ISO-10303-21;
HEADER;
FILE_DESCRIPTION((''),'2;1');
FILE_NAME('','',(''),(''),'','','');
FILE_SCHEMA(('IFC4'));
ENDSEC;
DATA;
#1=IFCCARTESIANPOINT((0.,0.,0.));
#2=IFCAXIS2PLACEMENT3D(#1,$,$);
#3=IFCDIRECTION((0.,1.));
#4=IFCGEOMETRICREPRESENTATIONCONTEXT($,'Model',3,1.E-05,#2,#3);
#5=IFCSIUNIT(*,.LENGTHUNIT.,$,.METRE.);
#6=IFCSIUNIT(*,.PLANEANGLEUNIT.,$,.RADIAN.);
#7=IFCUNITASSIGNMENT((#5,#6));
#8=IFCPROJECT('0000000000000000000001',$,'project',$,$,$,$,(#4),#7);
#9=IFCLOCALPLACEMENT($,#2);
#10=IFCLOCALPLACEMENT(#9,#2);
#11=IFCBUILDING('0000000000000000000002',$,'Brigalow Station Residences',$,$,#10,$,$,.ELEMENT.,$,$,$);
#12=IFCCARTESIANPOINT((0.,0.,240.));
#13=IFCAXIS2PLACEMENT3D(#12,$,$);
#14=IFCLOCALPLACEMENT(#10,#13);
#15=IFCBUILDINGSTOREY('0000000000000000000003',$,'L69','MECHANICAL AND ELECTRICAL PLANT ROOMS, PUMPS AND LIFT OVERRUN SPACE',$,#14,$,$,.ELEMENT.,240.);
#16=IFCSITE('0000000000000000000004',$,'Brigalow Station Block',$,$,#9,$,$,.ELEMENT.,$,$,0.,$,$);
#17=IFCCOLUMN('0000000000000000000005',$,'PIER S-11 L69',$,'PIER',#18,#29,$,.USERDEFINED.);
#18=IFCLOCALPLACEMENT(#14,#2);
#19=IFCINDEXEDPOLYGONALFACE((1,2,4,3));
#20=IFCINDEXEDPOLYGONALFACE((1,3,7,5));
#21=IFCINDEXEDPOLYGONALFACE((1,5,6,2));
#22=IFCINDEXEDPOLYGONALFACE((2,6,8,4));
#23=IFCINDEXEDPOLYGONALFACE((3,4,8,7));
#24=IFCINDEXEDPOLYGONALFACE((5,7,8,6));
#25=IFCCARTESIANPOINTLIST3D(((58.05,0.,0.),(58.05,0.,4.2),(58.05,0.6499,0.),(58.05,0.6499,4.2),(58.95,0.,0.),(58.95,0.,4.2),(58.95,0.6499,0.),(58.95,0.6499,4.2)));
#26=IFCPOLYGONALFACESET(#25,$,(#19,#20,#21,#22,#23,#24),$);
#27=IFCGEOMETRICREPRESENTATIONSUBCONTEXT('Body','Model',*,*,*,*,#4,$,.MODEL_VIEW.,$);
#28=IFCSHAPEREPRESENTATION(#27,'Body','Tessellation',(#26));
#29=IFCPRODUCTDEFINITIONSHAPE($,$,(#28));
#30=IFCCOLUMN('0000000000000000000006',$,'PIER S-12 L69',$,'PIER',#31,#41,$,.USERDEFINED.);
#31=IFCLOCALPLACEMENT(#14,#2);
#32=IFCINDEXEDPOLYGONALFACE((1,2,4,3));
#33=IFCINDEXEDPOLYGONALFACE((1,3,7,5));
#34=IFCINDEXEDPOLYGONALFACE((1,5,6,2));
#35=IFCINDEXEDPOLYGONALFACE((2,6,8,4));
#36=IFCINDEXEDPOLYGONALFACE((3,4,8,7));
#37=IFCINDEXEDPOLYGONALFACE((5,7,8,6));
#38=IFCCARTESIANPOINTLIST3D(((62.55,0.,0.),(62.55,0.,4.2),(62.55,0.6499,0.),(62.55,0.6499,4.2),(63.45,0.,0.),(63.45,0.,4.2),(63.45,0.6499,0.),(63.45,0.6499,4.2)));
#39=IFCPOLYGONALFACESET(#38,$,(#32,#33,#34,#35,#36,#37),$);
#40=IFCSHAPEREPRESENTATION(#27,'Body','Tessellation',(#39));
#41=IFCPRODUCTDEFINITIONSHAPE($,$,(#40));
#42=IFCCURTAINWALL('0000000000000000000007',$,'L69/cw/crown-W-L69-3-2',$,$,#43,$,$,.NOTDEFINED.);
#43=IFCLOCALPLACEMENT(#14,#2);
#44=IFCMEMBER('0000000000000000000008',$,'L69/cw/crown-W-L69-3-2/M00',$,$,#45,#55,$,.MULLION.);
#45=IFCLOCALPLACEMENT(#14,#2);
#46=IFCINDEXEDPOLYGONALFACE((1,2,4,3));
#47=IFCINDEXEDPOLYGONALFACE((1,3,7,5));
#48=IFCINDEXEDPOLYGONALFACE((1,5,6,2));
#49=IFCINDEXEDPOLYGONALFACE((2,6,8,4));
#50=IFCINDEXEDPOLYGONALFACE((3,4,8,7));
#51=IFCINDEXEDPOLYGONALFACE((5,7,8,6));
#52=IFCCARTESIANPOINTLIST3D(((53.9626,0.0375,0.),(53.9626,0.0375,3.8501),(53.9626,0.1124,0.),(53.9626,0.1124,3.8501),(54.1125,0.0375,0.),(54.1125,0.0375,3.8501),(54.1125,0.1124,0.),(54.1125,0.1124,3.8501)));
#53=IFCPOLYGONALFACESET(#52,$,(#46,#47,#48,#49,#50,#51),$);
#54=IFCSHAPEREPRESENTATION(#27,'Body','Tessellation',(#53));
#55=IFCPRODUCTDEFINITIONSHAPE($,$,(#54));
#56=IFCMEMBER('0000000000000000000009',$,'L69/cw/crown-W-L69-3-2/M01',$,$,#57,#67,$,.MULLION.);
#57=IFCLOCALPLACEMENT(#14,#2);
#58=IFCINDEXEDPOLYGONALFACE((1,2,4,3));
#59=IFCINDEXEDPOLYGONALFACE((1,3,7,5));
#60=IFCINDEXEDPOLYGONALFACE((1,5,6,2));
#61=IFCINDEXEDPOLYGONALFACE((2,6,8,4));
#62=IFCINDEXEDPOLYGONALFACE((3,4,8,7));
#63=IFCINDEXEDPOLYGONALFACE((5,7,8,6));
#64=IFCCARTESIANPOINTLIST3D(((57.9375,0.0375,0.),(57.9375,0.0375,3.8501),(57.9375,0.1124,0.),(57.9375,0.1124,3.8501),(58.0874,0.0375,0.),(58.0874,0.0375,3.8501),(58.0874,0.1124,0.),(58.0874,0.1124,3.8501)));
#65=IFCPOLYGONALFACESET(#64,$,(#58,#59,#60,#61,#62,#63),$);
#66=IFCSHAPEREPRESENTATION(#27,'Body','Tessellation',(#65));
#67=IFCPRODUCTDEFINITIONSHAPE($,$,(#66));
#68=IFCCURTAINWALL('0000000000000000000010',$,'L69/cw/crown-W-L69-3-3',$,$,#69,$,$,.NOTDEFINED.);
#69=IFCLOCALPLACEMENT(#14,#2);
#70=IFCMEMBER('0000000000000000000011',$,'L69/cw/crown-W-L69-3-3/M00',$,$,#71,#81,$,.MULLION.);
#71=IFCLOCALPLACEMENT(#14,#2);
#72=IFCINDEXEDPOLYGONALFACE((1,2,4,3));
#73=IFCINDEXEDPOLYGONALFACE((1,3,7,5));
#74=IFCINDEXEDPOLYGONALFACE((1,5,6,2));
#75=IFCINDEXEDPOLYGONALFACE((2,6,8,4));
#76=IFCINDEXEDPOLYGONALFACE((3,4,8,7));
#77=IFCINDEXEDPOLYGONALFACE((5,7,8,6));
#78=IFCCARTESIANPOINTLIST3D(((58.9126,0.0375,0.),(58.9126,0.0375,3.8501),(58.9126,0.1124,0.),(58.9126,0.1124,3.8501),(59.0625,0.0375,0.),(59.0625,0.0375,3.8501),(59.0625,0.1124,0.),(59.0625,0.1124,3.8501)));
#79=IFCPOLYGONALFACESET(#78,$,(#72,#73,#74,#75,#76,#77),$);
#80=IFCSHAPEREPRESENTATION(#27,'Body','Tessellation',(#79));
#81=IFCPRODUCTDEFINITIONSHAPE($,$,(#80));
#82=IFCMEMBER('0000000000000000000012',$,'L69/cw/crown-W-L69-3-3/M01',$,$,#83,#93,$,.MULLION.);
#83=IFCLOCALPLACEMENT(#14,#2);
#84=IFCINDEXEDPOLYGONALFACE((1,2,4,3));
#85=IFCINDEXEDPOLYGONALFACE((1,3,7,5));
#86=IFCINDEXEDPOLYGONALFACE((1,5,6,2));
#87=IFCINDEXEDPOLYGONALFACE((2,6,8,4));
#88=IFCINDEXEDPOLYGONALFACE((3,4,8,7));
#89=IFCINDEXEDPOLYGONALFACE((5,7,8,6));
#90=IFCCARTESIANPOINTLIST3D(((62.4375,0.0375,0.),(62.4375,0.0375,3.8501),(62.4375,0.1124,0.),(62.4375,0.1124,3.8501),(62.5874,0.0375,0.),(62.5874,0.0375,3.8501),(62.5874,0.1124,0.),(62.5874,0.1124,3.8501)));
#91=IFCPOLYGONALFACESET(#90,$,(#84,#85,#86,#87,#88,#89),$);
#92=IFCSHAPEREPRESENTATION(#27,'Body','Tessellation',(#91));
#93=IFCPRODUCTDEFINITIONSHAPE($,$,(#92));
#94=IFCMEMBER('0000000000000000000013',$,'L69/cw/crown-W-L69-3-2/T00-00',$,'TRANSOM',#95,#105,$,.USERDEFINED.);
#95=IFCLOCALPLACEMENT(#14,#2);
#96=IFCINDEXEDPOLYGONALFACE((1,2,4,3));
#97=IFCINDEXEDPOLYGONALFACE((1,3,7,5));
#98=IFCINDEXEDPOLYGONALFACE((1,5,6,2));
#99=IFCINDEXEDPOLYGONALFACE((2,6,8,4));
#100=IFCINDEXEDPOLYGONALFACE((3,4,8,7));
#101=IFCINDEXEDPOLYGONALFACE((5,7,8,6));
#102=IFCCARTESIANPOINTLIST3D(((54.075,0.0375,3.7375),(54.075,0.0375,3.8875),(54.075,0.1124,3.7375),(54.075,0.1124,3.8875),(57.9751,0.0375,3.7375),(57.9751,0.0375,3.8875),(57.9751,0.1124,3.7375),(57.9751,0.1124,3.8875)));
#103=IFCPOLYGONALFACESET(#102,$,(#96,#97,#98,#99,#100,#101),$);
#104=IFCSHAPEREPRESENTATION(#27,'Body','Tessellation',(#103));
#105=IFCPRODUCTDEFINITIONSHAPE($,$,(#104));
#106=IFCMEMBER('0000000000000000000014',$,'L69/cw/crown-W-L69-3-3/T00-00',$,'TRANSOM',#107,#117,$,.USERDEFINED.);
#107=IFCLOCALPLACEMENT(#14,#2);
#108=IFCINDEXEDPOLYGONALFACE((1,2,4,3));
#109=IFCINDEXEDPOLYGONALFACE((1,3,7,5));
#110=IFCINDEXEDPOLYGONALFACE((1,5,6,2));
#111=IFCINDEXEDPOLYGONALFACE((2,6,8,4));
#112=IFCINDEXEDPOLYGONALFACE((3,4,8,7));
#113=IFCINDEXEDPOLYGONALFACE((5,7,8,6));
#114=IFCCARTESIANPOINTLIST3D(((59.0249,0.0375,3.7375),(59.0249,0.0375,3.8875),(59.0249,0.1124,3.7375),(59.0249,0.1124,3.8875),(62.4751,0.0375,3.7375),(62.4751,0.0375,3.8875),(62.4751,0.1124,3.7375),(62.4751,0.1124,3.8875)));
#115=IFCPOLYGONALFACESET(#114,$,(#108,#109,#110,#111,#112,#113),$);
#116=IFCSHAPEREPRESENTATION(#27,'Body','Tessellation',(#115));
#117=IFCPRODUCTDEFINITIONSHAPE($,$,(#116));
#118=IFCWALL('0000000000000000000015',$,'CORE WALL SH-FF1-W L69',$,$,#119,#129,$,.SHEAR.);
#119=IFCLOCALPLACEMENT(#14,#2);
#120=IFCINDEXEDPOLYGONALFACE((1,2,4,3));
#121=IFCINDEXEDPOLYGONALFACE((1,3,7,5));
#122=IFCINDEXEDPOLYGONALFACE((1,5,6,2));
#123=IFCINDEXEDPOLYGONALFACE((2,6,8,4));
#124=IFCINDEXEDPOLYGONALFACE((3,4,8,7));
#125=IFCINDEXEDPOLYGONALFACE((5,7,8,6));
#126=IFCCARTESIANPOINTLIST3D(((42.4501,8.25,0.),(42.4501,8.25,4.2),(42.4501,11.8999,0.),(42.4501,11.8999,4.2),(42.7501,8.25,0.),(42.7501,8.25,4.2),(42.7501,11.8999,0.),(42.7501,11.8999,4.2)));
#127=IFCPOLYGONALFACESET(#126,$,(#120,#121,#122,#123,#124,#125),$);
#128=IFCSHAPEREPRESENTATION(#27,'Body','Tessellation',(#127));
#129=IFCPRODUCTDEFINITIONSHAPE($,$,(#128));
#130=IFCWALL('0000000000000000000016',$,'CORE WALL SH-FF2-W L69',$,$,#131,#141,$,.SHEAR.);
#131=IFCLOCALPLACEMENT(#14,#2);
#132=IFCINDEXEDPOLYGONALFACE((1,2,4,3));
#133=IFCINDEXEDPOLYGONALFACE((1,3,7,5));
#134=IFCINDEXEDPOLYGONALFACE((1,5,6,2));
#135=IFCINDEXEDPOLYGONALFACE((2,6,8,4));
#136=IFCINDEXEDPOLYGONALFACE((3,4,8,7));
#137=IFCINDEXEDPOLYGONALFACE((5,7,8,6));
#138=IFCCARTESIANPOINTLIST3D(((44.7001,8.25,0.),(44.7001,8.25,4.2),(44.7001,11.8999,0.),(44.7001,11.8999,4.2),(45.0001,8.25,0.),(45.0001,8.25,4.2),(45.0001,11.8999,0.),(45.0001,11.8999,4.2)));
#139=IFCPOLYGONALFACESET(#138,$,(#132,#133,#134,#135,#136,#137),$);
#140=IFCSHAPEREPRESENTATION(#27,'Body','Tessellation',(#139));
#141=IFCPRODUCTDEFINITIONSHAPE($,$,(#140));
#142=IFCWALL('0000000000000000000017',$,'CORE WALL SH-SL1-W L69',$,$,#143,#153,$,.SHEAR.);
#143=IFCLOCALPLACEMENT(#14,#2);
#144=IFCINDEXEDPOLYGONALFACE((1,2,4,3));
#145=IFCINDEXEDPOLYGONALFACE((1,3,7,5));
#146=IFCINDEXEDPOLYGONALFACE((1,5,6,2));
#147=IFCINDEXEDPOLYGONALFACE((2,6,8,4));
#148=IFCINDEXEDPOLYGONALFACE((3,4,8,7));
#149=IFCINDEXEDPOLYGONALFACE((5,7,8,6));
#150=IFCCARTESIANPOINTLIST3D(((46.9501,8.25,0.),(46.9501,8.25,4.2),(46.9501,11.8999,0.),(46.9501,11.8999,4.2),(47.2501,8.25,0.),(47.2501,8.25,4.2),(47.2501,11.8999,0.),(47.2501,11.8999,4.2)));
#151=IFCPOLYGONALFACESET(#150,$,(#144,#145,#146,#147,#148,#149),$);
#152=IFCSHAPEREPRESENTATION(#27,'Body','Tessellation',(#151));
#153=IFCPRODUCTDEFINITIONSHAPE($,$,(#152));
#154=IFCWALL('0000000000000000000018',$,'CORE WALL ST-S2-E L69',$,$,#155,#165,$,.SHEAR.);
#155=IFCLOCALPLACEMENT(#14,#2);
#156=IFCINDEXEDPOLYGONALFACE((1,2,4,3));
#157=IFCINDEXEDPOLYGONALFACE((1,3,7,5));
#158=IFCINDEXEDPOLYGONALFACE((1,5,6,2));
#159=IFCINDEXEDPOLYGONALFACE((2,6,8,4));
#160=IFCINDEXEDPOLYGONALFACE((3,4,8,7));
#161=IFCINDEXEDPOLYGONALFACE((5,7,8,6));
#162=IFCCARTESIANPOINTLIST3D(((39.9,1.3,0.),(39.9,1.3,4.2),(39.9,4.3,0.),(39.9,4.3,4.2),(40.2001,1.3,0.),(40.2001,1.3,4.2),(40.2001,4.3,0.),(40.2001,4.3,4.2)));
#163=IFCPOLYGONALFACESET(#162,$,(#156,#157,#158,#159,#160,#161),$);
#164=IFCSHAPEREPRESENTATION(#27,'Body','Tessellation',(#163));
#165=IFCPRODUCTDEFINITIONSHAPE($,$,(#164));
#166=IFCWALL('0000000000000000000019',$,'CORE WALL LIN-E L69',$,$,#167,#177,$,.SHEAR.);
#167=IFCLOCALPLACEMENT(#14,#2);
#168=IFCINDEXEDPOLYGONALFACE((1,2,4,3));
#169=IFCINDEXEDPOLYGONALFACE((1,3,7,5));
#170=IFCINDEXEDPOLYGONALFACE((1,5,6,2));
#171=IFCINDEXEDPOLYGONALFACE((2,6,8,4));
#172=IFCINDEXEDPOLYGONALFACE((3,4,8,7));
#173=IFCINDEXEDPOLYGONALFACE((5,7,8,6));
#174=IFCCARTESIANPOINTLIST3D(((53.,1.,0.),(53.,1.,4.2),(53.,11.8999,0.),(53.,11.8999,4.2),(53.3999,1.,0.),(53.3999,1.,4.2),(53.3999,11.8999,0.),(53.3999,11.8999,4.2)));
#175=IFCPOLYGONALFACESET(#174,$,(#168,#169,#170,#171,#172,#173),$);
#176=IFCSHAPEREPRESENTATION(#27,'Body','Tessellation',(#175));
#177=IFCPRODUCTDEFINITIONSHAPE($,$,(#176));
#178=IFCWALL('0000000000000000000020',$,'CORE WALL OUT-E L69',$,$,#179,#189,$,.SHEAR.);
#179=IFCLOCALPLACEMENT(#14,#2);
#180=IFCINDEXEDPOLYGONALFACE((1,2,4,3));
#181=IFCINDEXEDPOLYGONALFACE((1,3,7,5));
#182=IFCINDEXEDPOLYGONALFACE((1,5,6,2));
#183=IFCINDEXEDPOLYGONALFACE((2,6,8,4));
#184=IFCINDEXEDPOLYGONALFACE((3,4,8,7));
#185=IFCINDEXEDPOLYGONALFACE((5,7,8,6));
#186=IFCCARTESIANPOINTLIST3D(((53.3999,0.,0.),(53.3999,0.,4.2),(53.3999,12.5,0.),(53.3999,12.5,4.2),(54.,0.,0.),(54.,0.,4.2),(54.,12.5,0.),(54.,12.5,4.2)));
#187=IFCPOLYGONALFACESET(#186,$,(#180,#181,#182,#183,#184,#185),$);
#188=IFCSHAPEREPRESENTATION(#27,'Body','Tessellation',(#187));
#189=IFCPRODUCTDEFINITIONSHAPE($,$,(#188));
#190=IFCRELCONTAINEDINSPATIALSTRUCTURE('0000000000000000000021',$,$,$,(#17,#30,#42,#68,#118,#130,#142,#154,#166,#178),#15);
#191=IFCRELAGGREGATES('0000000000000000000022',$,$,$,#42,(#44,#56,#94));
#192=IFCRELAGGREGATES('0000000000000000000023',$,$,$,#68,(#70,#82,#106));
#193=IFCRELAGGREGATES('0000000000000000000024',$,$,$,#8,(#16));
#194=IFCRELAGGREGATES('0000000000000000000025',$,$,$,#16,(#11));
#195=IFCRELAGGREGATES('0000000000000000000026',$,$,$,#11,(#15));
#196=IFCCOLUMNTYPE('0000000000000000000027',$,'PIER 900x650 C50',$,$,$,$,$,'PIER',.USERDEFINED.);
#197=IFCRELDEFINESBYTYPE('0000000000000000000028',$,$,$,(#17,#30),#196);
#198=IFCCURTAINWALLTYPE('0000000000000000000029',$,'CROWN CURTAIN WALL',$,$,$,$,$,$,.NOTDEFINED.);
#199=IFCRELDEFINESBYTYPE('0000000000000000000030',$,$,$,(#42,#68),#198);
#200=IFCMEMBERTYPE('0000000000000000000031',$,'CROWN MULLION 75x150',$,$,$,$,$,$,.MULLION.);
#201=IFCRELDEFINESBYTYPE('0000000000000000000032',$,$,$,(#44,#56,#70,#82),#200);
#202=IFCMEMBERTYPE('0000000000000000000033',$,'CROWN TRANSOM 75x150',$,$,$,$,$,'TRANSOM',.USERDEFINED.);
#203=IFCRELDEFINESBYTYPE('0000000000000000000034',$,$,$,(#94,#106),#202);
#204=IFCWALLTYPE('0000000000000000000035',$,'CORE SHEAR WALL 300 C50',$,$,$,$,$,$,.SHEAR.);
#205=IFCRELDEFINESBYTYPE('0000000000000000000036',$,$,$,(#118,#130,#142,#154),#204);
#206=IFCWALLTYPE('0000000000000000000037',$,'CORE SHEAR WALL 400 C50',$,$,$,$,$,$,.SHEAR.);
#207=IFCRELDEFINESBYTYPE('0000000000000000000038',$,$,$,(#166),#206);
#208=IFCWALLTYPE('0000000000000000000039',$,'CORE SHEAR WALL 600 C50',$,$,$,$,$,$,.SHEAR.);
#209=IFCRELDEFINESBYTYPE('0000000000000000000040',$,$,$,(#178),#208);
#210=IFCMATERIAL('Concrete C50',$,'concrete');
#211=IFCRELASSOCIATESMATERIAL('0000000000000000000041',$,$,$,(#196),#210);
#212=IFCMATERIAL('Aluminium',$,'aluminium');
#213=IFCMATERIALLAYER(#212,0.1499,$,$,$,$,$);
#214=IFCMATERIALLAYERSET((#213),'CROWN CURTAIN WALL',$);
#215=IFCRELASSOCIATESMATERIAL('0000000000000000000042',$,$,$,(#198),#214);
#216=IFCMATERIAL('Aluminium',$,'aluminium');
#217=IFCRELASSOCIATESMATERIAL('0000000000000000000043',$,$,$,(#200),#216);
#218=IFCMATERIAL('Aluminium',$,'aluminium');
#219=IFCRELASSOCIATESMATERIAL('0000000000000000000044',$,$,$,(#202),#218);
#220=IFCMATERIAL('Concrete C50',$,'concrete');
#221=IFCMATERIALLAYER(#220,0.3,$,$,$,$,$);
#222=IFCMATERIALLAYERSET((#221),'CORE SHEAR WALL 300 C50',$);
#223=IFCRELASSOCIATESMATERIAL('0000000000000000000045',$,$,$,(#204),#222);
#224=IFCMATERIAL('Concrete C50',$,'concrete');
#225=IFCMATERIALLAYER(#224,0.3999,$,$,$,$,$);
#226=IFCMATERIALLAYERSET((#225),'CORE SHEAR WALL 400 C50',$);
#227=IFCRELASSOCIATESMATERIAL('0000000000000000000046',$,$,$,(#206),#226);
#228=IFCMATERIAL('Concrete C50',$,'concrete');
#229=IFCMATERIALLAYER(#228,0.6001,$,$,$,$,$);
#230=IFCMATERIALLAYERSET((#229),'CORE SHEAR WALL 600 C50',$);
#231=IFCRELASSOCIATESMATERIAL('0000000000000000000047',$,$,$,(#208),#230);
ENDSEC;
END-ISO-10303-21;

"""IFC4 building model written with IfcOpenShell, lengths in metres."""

from ifc_helpers import new_model, si_unit, direction, frame, frame_2d, origin, origin_2d, place, context, subcontext, project, spatial, rectangle, extrude, material, layer, layer_set, material_profile, profile_set, type_object, element, aggregate, save


model = new_model("IFC4")

# Units and contexts
model_context = context("Model", 3, precision=1e-05, world=origin(), true_north=direction((0.0, 1.0)))
body_context = subcontext(model_context, "Body", "Model", "MODEL_VIEW")
ifc_project = project(units=[si_unit("LENGTHUNIT", "METRE"), si_unit("PLANEANGLEUNIT", "RADIAN")], contexts=[model_context])

# Site, building, storey
site_placement = place(None, origin())
site = spatial("IfcSite", under=ifc_project, at=site_placement, Name="Brigalow Station Block", CompositionType="ELEMENT", RefElevation=0.0)
building_placement = place(site_placement, origin())
building = spatial("IfcBuilding", under=site, at=building_placement, Name="Brigalow Station Residences", CompositionType="ELEMENT")
storey_placement = place(building_placement, frame((0.0, 0.0, 240.0)))
storey = spatial("IfcBuildingStorey", under=building, at=storey_placement, Name="L69", Description="MECHANICAL AND ELECTRICAL PLANT ROOMS, PUMPS AND LIFT OVERRUN SPACE", CompositionType="ELEMENT", Elevation=240.0)

# Columns
ifc_material_1 = material(Name="Concrete C50", Category="concrete")
ifc_material_profile_1 = material_profile(ifc_material_1, rectangle(XDim=0.8999, YDim=0.6499, at=origin_2d()), Name="RC900x650")
ifc_profile_set_1 = profile_set([ifc_material_profile_1], Name="Concrete C50")
column_type = type_object("IfcColumnType", Name="PIER 900x650 C50", ElementType="PIER", PredefinedType="USERDEFINED", material=ifc_profile_set_1)
for number, where, z_axis, x_axis, name in (
    (1, (58.5, 0.325, 0.0), (0.0, 0.0, 1.0), (1.0, 0.0, 0.0), "PIER S-11 L69"),
    (2, (63.0, 0.325, 0.0), (0.0, 0.0, 1.0), (1.0, 0.0, 0.0), "PIER S-12 L69"),
):
    element("IfcColumn", number, at=place(storey_placement, frame(where, z_axis=z_axis, x_axis=x_axis)), inside=storey, type_object=column_type, Name=name, ObjectType="PIER", PredefinedType="USERDEFINED", context=body_context, shape_type="SweptSolid", body=[
        extrude(rectangle(XDim=0.8999, YDim=0.6499, at=origin_2d()), origin(), (0.0, 0.0, 1.0), 4.2),
    ])

# Curtain walls, members
ifc_material_2 = material(Name="Aluminium", Category="aluminium")
ifc_layer_1 = layer(ifc_material_2, 0.1499)
ifc_layer_set_1 = layer_set([ifc_layer_1], Name="CROWN CURTAIN WALL")
curtain_wall_type = type_object("IfcCurtainWallType", Name="CROWN CURTAIN WALL", PredefinedType="NOTDEFINED", material=ifc_layer_set_1)
curtain_wall_1_placement = place(storey_placement, origin())
curtain_wall_1 = element("IfcCurtainWall", 3, at=curtain_wall_1_placement, inside=storey, type_object=curtain_wall_type, Name="L69/cw/crown-W-L69-3-2", PredefinedType="NOTDEFINED")
ifc_material_3 = material(Name="Aluminium", Category="aluminium")
ifc_material_profile_2 = material_profile(ifc_material_3, rectangle(XDim=0.075, YDim=0.1499, at=origin_2d()), Name="CROWN MULLION 75x150")
ifc_profile_set_2 = profile_set([ifc_material_profile_2], Name="Aluminium")
member_type_1 = type_object("IfcMemberType", Name="CROWN MULLION 75x150", PredefinedType="MULLION", material=ifc_profile_set_2)
member_1_placement = place(storey_placement, frame((54.0376, 0.075, 0.0), z_axis=(0.0, 0.0, 1.0), x_axis=(0.0, 1.0, 0.0)))
member_1 = element("IfcMember", 4, at=member_1_placement, type_object=member_type_1, Name="L69/cw/crown-W-L69-3-2/M00", PredefinedType="MULLION", context=body_context, shape_type="SweptSolid", body=[
    extrude(rectangle(XDim=0.075, YDim=0.1499, at=origin_2d()), origin(), (0.0, 0.0, 1.0), 3.8501),
])
member_2_placement = place(storey_placement, frame((58.0125, 0.075, 0.0), z_axis=(0.0, 0.0, 1.0), x_axis=(0.0, 1.0, 0.0)))
member_2 = element("IfcMember", 5, at=member_2_placement, type_object=member_type_1, Name="L69/cw/crown-W-L69-3-2/M01", PredefinedType="MULLION", context=body_context, shape_type="SweptSolid", body=[
    extrude(rectangle(XDim=0.075, YDim=0.1499, at=origin_2d()), origin(), (0.0, 0.0, 1.0), 3.8501),
])
curtain_wall_2_placement = place(storey_placement, origin())
curtain_wall_2 = element("IfcCurtainWall", 6, at=curtain_wall_2_placement, inside=storey, type_object=curtain_wall_type, Name="L69/cw/crown-W-L69-3-3", PredefinedType="NOTDEFINED")
member_3_placement = place(storey_placement, frame((58.9875, 0.075, 0.0), z_axis=(0.0, 0.0, 1.0), x_axis=(0.0, 1.0, 0.0)))
member_3 = element("IfcMember", 7, at=member_3_placement, type_object=member_type_1, Name="L69/cw/crown-W-L69-3-3/M00", PredefinedType="MULLION", context=body_context, shape_type="SweptSolid", body=[
    extrude(rectangle(XDim=0.075, YDim=0.1499, at=origin_2d()), origin(), (0.0, 0.0, 1.0), 3.8501),
])
member_4_placement = place(storey_placement, frame((62.5125, 0.075, 0.0), z_axis=(0.0, 0.0, 1.0), x_axis=(0.0, 1.0, 0.0)))
member_4 = element("IfcMember", 8, at=member_4_placement, type_object=member_type_1, Name="L69/cw/crown-W-L69-3-3/M01", PredefinedType="MULLION", context=body_context, shape_type="SweptSolid", body=[
    extrude(rectangle(XDim=0.075, YDim=0.1499, at=origin_2d()), origin(), (0.0, 0.0, 1.0), 3.8501),
])

# Members
ifc_material_4 = material(Name="Aluminium", Category="aluminium")
ifc_material_profile_3 = material_profile(ifc_material_4, rectangle(XDim=0.075, YDim=0.1499, at=origin_2d()), Name="CROWN TRANSOM 75x150")
ifc_profile_set_3 = profile_set([ifc_material_profile_3], Name="Aluminium")
member_type_2 = type_object("IfcMemberType", Name="CROWN TRANSOM 75x150", ElementType="TRANSOM", PredefinedType="USERDEFINED", material=ifc_profile_set_3)
member_5_placement = place(storey_placement, frame((54.075, 0.075, 3.8125), z_axis=(1.0, 0.0, 0.0), x_axis=(0.0, 1.0, 0.0)))
member_5 = element("IfcMember", 9, at=member_5_placement, type_object=member_type_2, Name="L69/cw/crown-W-L69-3-2/T00-00", ObjectType="TRANSOM", PredefinedType="USERDEFINED", context=body_context, shape_type="SweptSolid", body=[
    extrude(rectangle(XDim=0.075, YDim=0.1499, at=origin_2d()), origin(), (0.0, 0.0, 1.0), 3.9001),
])
member_6_placement = place(storey_placement, frame((59.0249, 0.075, 3.8125), z_axis=(1.0, 0.0, 0.0), x_axis=(0.0, 1.0, 0.0)))
member_6 = element("IfcMember", 10, at=member_6_placement, type_object=member_type_2, Name="L69/cw/crown-W-L69-3-3/T00-00", ObjectType="TRANSOM", PredefinedType="USERDEFINED", context=body_context, shape_type="SweptSolid", body=[
    extrude(rectangle(XDim=0.075, YDim=0.1499, at=origin_2d()), origin(), (0.0, 0.0, 1.0), 3.4502),
])

# Walls
ifc_material_5 = material(Name="Concrete C50", Category="concrete")
ifc_layer_2 = layer(ifc_material_5, 0.3)
ifc_layer_set_2 = layer_set([ifc_layer_2], Name="CORE SHEAR WALL 300 C50")
wall_type_1 = type_object("IfcWallType", Name="CORE SHEAR WALL 300 C50", PredefinedType="SHEAR", material=ifc_layer_set_2)
for number, where, z_axis, x_axis, name in (
    (11, (42.6001, 8.25, 0.0), (0.0, 0.0, 1.0), (0.0, 1.0, 0.0), "CORE WALL SH-FF1-W L69"),
    (12, (44.8501, 8.25, 0.0), (0.0, 0.0, 1.0), (0.0, 1.0, 0.0), "CORE WALL SH-FF2-W L69"),
    (13, (47.1001, 8.25, 0.0), (0.0, 0.0, 1.0), (0.0, 1.0, 0.0), "CORE WALL SH-SL1-W L69"),
):
    element("IfcWall", number, at=place(storey_placement, frame(where, z_axis=z_axis, x_axis=x_axis)), inside=storey, type_object=wall_type_1, Name=name, PredefinedType="SHEAR", context=body_context, shape_type="SweptSolid", body=[
        extrude(rectangle(XDim=3.6499, YDim=0.3, at=frame_2d((1.825, 0.0))), origin(), (0.0, 0.0, 1.0), 4.2),
    ])
wall_1_placement = place(storey_placement, frame((40.05, 1.3, 0.0), z_axis=(0.0, 0.0, 1.0), x_axis=(0.0, 1.0, 0.0)))
element("IfcWall", 14, at=wall_1_placement, inside=storey, type_object=wall_type_1, Name="CORE WALL ST-S2-E L69", PredefinedType="SHEAR", context=body_context, shape_type="SweptSolid", body=[
    extrude(rectangle(XDim=3.0, YDim=0.3, at=frame_2d((1.5, 0.0))), origin(), (0.0, 0.0, 1.0), 4.2),
])
ifc_material_6 = material(Name="Concrete C50", Category="concrete")
ifc_layer_3 = layer(ifc_material_6, 0.3999)
ifc_layer_set_3 = layer_set([ifc_layer_3], Name="CORE SHEAR WALL 400 C50")
wall_type_2 = type_object("IfcWallType", Name="CORE SHEAR WALL 400 C50", PredefinedType="SHEAR", material=ifc_layer_set_3)
wall_2_placement = place(storey_placement, frame((53.2, 1.0, 0.0), z_axis=(0.0, 0.0, 1.0), x_axis=(0.0, 1.0, 0.0)))
element("IfcWall", 15, at=wall_2_placement, inside=storey, type_object=wall_type_2, Name="CORE WALL LIN-E L69", PredefinedType="SHEAR", context=body_context, shape_type="SweptSolid", body=[
    extrude(rectangle(XDim=10.8999, YDim=0.3999, at=frame_2d((5.45, 0.0))), origin(), (0.0, 0.0, 1.0), 4.2),
])
ifc_material_7 = material(Name="Concrete C50", Category="concrete")
ifc_layer_4 = layer(ifc_material_7, 0.6001)
ifc_layer_set_4 = layer_set([ifc_layer_4], Name="CORE SHEAR WALL 600 C50")
wall_type_3 = type_object("IfcWallType", Name="CORE SHEAR WALL 600 C50", PredefinedType="SHEAR", material=ifc_layer_set_4)
wall_3_placement = place(storey_placement, frame((53.7, 0.0, 0.0), z_axis=(0.0, 0.0, 1.0), x_axis=(0.0, 1.0, 0.0)))
element("IfcWall", 16, at=wall_3_placement, inside=storey, type_object=wall_type_3, Name="CORE WALL OUT-E L69", PredefinedType="SHEAR", context=body_context, shape_type="SweptSolid", body=[
    extrude(rectangle(XDim=12.5, YDim=0.6001, at=frame_2d((6.25, 0.0))), origin(), (0.0, 0.0, 1.0), 4.2),
])

aggregate(curtain_wall_1, [member_1, member_2, member_5])
aggregate(curtain_wall_2, [member_3, member_4, member_6])

save(model, "model.ifc")
